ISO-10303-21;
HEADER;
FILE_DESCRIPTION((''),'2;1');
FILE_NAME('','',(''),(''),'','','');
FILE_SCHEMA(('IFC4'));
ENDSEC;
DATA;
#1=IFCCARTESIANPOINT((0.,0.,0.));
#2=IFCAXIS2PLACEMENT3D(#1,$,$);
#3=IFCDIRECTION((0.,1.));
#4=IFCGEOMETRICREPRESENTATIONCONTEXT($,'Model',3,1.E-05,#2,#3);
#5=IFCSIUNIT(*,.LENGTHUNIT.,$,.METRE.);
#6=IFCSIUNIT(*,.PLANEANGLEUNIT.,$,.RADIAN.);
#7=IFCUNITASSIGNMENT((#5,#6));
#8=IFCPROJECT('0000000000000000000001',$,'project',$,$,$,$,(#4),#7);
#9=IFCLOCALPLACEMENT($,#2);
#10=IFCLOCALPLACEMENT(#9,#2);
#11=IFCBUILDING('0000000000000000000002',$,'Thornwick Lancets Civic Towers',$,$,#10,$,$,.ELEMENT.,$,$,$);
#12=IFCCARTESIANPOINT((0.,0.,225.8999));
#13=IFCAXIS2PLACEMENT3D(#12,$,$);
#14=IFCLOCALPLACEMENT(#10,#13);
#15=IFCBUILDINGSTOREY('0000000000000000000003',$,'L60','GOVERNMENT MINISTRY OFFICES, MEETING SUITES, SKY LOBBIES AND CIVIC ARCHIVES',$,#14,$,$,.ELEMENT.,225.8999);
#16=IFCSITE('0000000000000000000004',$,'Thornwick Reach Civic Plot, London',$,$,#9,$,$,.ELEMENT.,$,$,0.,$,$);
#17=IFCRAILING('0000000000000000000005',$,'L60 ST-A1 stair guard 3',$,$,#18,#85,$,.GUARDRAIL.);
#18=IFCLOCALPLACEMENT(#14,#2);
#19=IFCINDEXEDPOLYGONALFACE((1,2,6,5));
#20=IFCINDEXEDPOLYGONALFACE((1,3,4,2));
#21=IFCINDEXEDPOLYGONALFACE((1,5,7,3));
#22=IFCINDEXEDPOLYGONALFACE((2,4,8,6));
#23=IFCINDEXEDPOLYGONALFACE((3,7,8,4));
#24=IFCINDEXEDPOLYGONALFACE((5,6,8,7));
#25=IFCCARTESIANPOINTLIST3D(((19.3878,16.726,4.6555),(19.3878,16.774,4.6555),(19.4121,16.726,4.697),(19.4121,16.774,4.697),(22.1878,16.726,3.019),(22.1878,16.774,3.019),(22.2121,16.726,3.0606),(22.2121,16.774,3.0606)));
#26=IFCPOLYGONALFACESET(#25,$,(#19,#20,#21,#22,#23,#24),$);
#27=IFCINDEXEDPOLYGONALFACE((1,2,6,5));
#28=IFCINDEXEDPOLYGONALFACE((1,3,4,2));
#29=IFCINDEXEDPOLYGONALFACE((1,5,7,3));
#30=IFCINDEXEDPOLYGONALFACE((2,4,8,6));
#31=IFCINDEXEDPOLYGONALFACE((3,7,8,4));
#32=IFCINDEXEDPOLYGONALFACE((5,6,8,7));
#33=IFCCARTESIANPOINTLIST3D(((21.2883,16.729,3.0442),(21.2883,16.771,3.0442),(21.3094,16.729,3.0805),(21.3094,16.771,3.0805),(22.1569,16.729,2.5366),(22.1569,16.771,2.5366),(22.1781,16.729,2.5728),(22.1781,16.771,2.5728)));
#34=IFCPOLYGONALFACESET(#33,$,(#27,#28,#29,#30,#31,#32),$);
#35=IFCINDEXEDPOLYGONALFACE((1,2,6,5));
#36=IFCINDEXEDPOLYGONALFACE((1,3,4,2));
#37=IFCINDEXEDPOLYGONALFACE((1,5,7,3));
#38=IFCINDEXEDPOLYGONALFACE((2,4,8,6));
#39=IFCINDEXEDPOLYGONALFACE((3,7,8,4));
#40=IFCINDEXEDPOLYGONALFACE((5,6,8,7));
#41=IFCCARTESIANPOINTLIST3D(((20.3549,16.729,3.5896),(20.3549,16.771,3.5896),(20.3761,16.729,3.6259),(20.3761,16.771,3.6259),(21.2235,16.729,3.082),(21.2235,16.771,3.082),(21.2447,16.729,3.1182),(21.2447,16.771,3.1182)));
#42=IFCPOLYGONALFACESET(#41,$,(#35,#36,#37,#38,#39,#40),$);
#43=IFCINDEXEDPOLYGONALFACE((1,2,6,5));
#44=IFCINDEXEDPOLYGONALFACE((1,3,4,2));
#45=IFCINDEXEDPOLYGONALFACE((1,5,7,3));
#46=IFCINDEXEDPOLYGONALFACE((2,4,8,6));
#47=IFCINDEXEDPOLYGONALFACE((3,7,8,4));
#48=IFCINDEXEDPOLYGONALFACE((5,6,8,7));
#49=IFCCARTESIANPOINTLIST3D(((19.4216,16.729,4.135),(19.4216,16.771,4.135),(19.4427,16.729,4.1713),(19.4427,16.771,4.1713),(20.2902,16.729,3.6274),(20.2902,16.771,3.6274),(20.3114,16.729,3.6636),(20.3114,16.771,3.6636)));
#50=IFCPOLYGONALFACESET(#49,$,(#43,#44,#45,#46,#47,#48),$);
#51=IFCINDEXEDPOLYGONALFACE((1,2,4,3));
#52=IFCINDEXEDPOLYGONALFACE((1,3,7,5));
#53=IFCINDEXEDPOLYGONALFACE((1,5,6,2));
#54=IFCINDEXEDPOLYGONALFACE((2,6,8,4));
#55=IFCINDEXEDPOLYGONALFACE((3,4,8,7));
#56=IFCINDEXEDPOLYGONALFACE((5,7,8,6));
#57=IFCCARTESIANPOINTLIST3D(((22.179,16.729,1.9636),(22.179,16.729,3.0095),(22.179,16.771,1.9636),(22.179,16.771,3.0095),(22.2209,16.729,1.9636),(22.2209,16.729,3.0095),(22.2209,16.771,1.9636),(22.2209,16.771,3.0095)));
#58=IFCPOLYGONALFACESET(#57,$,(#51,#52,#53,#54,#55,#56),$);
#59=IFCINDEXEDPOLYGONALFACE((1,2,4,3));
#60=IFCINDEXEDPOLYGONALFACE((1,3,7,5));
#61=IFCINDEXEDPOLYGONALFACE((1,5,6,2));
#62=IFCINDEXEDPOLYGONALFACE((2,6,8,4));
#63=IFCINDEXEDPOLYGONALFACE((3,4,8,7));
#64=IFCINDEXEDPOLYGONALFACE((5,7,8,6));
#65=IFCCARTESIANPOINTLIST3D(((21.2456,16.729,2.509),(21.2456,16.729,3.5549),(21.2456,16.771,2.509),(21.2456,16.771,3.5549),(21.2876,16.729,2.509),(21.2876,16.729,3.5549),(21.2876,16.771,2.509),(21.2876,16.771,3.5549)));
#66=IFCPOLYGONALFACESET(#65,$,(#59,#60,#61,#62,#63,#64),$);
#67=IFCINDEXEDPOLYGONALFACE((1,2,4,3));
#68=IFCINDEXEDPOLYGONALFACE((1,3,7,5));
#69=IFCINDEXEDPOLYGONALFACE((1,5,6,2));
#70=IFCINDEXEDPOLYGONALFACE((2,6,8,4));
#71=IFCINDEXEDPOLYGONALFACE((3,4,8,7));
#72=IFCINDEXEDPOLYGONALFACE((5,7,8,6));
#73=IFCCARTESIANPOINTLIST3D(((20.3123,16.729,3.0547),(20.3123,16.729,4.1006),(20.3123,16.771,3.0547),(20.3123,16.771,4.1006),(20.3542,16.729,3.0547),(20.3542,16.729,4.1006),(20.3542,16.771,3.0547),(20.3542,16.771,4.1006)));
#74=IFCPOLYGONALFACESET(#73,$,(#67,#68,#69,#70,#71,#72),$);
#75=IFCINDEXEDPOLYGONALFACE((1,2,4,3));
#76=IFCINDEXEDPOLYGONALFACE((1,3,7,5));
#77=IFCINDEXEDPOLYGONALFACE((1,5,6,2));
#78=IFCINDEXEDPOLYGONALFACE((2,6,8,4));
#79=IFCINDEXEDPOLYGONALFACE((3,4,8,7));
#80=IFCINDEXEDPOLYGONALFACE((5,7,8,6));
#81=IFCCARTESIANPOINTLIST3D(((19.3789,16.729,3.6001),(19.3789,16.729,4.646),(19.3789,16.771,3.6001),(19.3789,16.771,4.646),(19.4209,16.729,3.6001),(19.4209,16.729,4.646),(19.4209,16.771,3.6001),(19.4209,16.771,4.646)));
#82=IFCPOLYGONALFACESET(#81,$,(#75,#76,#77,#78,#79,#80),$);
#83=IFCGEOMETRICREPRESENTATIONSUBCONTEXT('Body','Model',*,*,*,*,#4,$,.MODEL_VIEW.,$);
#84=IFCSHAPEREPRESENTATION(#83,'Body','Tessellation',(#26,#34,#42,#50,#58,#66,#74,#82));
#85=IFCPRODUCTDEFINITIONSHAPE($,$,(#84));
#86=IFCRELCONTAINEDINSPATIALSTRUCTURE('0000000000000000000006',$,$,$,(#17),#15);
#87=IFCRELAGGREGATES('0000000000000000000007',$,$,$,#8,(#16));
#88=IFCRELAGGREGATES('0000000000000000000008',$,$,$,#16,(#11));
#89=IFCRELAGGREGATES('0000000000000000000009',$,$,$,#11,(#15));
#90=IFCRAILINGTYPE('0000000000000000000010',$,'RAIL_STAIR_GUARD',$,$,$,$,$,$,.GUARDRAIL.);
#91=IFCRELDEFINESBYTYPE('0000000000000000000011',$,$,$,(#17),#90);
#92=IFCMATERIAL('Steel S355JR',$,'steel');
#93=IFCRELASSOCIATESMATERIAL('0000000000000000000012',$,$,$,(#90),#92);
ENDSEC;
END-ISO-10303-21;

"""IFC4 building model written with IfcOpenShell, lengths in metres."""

from ifc_helpers import new_model, si_unit, direction, frame, origin, origin_2d, place, context, subcontext, project, spatial, rectangle, extrude, material, type_object, element, save


model = new_model("IFC4")

# Units and contexts
model_context = context("Model", 3, precision=1e-05, world=origin(), true_north=direction((0.0, 1.0)))
body_context = subcontext(model_context, "Body", "Model", "MODEL_VIEW")
ifc_project = project(units=[si_unit("LENGTHUNIT", "METRE"), si_unit("PLANEANGLEUNIT", "RADIAN")], contexts=[model_context])

# Site, building, storey
site_placement = place(None, origin())
site = spatial("IfcSite", under=ifc_project, at=site_placement, Name="Thornwick Reach Civic Plot, London", CompositionType="ELEMENT", RefElevation=0.0)
building_placement = place(site_placement, origin())
building = spatial("IfcBuilding", under=site, at=building_placement, Name="Thornwick Lancets Civic Towers", CompositionType="ELEMENT")
storey_placement = place(building_placement, frame((0.0, 0.0, 225.8999)))
storey = spatial("IfcBuildingStorey", under=building, at=storey_placement, Name="L60", Description="GOVERNMENT MINISTRY OFFICES, MEETING SUITES, SKY LOBBIES AND CIVIC ARCHIVES", CompositionType="ELEMENT", Elevation=225.8999)

# Shared definitions
ifc_material_1 = material(Name="Steel S355JR", Category="steel")

# Railing
railing_type = type_object("IfcRailingType", Name="RAIL_STAIR_GUARD", PredefinedType="GUARDRAIL", material=ifc_material_1)
railing_1_placement = place(storey_placement, frame((22.2, 16.75, 1.9636)))
element("IfcRailing", 1, at=railing_1_placement, inside=storey, type_object=railing_type, Name="L60 ST-A1 stair guard 3", PredefinedType="GUARDRAIL", context=body_context, shape_type="SweptSolid", body=[
    extrude(rectangle(XDim=0.0481, YDim=0.0481, at=origin_2d()), frame((0.0, 0.0, 1.0762), z_axis=(-0.863361, 0.0, 0.504587), x_axis=(0.0, -1.0, 0.0)), (0.0, 0.0, 1.0), 3.2432),
    extrude(rectangle(XDim=0.042, YDim=0.042, at=origin_2d()), frame((-0.0325, 0.0, 0.5911), z_axis=(-0.863361, 0.0, 0.504587), x_axis=(0.0, -1.0, 0.0)), (0.0, 0.0, 1.0), 1.0061),
    extrude(rectangle(XDim=0.042, YDim=0.042, at=origin_2d()), frame((-0.9658, 0.0, 1.1365), z_axis=(-0.863361, 0.0, 0.504587), x_axis=(0.0, -1.0, 0.0)), (0.0, 0.0, 1.0), 1.0061),
    extrude(rectangle(XDim=0.042, YDim=0.042, at=origin_2d()), frame((-1.8992, 0.0, 1.6819), z_axis=(-0.863361, 0.0, 0.504587), x_axis=(0.0, -1.0, 0.0)), (0.0, 0.0, 1.0), 1.0061),
    extrude(rectangle(XDim=0.042, YDim=0.042, at=origin_2d()), origin(), (0.0, 0.0, 1.0), 1.0459),
    extrude(rectangle(XDim=0.042, YDim=0.042, at=origin_2d()), frame((-0.9333, 0.0, 0.5454)), (0.0, 0.0, 1.0), 1.0459),
    extrude(rectangle(XDim=0.042, YDim=0.042, at=origin_2d()), frame((-1.8667, 0.0, 1.0911)), (0.0, 0.0, 1.0), 1.0459),
    extrude(rectangle(XDim=0.042, YDim=0.042, at=origin_2d()), frame((-2.8, 0.0, 1.6365)), (0.0, 0.0, 1.0), 1.0459),
])

save(model, "model.ifc")
